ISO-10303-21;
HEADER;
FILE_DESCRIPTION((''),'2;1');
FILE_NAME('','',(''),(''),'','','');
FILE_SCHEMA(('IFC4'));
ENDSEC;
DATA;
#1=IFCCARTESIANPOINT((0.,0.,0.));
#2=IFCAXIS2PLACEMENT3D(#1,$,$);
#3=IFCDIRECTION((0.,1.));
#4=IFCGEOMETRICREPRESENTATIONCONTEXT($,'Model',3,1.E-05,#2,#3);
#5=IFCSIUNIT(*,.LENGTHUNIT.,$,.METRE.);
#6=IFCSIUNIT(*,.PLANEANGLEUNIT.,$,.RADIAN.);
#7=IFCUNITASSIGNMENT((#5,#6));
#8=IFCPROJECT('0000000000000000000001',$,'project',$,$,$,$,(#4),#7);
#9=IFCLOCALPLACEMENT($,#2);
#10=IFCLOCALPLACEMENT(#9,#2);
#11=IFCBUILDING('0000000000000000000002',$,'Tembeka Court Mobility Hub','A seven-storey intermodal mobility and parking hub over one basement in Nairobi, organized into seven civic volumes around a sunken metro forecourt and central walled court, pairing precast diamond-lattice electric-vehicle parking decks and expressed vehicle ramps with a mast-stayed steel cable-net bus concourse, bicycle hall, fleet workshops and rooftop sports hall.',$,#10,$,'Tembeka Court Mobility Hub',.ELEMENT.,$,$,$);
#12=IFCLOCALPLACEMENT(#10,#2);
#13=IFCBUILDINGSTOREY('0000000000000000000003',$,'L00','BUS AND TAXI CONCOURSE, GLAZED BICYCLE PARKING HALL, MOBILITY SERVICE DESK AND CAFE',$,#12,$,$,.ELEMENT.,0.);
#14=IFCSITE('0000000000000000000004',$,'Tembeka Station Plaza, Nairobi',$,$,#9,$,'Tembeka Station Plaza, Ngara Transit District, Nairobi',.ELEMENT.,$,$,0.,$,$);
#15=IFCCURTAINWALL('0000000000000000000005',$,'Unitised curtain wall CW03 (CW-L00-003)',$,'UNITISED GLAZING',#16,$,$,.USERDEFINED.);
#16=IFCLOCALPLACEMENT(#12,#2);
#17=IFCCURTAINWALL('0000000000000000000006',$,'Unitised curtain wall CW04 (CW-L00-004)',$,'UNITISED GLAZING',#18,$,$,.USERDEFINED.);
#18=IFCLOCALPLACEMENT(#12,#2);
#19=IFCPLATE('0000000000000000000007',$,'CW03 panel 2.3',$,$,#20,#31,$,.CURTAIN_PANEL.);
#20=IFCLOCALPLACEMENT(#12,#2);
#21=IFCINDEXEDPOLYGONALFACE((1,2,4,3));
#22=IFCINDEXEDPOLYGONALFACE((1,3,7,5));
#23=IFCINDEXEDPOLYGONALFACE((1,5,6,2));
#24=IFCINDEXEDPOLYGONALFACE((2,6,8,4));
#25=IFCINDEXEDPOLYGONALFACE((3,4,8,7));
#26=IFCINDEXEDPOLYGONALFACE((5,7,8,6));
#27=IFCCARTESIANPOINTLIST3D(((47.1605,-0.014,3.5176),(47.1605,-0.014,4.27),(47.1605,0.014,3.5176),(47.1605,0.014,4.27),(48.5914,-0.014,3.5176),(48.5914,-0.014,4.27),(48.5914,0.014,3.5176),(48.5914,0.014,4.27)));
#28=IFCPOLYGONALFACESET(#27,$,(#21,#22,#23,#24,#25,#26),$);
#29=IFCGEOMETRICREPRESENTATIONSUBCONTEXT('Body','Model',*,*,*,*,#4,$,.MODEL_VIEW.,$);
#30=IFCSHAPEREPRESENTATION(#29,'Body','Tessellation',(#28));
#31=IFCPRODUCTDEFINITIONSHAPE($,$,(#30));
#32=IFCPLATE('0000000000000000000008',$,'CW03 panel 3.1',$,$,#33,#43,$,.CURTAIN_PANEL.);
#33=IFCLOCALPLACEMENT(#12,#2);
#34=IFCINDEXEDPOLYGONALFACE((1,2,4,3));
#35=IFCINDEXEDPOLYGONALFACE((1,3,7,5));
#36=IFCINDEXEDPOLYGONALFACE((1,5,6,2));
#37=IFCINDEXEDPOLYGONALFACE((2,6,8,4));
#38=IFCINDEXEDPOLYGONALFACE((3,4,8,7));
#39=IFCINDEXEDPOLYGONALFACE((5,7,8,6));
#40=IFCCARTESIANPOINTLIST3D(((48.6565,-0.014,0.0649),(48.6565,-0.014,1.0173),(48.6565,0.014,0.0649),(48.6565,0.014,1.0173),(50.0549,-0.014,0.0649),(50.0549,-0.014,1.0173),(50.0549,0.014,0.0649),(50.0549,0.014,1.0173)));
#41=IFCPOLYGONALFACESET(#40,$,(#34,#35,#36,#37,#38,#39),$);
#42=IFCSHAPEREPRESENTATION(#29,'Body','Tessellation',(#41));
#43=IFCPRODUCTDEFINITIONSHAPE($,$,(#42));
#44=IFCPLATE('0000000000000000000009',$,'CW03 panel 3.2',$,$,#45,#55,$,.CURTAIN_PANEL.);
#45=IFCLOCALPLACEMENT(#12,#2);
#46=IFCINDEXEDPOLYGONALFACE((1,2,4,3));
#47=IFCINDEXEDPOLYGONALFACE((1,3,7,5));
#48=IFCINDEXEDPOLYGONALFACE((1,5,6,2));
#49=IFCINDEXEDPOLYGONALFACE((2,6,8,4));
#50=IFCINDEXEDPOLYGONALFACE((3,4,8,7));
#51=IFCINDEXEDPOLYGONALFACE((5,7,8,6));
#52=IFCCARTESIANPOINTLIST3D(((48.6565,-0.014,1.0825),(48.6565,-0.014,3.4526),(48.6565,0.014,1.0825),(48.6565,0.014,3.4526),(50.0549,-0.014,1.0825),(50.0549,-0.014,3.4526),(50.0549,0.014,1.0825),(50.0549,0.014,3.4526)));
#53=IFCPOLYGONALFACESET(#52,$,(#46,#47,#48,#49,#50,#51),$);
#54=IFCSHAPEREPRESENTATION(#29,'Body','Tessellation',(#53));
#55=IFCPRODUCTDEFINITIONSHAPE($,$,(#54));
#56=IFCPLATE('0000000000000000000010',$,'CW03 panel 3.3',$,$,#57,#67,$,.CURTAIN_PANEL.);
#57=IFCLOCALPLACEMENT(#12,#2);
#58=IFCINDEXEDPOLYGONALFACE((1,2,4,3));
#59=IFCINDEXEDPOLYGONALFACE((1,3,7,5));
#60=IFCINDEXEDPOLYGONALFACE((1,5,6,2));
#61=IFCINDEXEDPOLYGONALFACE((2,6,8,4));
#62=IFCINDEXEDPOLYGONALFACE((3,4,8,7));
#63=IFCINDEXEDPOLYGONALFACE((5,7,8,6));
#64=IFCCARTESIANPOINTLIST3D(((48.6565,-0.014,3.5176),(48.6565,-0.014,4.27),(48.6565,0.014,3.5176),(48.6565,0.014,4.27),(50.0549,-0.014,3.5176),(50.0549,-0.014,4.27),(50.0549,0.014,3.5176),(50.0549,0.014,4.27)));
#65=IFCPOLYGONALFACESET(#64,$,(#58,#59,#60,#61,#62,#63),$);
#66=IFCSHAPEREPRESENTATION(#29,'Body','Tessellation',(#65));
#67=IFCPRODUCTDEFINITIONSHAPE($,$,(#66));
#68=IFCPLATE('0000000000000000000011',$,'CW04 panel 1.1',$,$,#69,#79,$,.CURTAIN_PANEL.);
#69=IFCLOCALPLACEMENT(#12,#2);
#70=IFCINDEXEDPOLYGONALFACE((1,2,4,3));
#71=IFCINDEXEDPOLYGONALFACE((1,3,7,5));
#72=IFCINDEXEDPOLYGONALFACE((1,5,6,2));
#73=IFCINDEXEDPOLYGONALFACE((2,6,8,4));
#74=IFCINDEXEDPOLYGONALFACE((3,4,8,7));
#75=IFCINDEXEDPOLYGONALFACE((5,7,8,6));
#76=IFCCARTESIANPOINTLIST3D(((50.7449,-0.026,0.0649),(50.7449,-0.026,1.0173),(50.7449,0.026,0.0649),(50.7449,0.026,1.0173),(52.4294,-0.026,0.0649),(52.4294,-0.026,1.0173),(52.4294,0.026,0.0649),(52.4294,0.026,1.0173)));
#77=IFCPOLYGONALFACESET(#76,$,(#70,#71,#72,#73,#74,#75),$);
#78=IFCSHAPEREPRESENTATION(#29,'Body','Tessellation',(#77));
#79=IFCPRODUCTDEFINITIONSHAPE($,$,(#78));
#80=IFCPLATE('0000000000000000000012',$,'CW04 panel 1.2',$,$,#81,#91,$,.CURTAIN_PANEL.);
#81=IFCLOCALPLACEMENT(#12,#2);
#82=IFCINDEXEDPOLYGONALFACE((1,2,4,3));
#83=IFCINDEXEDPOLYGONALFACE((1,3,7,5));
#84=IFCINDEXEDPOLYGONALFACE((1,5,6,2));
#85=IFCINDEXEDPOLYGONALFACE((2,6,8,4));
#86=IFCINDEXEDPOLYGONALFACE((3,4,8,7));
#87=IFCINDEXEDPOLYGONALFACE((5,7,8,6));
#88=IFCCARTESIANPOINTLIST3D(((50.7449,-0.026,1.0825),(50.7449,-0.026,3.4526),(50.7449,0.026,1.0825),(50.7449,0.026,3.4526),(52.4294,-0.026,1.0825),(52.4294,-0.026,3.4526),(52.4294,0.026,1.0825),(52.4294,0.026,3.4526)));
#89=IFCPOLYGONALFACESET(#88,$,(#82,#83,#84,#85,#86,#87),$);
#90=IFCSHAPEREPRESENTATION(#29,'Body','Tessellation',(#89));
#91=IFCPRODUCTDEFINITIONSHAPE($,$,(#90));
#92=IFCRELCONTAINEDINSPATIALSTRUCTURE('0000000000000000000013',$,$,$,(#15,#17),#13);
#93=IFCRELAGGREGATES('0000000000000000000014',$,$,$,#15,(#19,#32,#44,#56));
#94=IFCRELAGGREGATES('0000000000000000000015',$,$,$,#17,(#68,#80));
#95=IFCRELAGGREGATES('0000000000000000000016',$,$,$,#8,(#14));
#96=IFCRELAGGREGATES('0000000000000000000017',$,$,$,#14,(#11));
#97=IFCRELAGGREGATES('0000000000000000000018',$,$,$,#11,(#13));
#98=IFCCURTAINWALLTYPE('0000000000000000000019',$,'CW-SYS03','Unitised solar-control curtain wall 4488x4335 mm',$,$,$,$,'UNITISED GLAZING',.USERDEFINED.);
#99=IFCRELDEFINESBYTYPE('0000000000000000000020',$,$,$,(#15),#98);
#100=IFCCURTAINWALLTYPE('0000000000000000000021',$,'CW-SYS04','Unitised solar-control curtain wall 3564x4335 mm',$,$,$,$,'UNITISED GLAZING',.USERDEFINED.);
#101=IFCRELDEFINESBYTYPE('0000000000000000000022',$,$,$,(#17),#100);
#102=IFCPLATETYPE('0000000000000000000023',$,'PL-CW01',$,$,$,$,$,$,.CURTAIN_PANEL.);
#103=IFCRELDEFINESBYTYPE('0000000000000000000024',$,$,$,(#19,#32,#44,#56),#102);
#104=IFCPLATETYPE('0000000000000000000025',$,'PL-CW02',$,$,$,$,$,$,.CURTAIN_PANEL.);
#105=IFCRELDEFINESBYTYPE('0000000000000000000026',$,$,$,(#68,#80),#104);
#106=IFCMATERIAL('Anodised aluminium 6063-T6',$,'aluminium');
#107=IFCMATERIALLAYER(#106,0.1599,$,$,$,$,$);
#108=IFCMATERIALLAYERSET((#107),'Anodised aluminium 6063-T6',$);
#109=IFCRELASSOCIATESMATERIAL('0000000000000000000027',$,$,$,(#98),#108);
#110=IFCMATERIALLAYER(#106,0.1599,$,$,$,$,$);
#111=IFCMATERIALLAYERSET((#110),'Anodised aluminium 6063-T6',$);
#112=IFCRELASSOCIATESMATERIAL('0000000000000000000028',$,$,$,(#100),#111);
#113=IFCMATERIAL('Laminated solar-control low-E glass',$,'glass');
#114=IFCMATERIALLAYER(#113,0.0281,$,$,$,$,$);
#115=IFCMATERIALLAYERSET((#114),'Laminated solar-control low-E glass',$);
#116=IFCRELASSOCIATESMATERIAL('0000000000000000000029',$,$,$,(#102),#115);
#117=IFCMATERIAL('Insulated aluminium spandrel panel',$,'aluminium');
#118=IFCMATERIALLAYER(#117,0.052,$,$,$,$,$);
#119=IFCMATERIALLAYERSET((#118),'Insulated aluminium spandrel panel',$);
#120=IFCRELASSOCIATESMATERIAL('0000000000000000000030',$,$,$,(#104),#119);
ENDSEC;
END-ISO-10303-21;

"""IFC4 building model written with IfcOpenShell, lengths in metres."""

from ifc_helpers import new_model, si_unit, direction, frame, origin, origin_2d, place, context, subcontext, project, spatial, rectangle, extrude, material, layer, layer_set, type_object, element, aggregate, save


model = new_model("IFC4")

# Units and contexts
model_context = context("Model", 3, precision=1e-05, world=origin(), true_north=direction((0.0, 1.0)))
body_context = subcontext(model_context, "Body", "Model", "MODEL_VIEW")
ifc_project = project(units=[si_unit("LENGTHUNIT", "METRE"), si_unit("PLANEANGLEUNIT", "RADIAN")], contexts=[model_context])

# Site, building, storey
site_placement = place(None, origin())
site = spatial("IfcSite", under=ifc_project, at=site_placement, Name="Tembeka Station Plaza, Nairobi", LongName="Tembeka Station Plaza, Ngara Transit District, Nairobi", CompositionType="ELEMENT", RefElevation=0.0)
building_placement = place(site_placement, origin())
building = spatial("IfcBuilding", under=site, at=building_placement, Name="Tembeka Court Mobility Hub", Description="A seven-storey intermodal mobility and parking hub over one basement in Nairobi, organized into seven civic volumes around a sunken metro forecourt and central walled court, pairing precast diamond-lattice electric-vehicle parking decks and expressed vehicle ramps with a mast-stayed steel cable-net bus concourse, bicycle hall, fleet workshops and rooftop sports hall.", LongName="Tembeka Court Mobility Hub", CompositionType="ELEMENT")
storey_placement = place(building_placement, origin())
storey = spatial("IfcBuildingStorey", under=building, at=storey_placement, Name="L00", Description="BUS AND TAXI CONCOURSE, GLAZED BICYCLE PARKING HALL, MOBILITY SERVICE DESK AND CAFE", CompositionType="ELEMENT", Elevation=0.0)

# Curtain wall
ifc_material_1 = material(Name="Anodised aluminium 6063-T6", Category="aluminium")
ifc_layer_1 = layer(ifc_material_1, 0.1599)
ifc_layer_set_1 = layer_set([ifc_layer_1], Name="Anodised aluminium 6063-T6")
curtain_wall_type_1 = type_object("IfcCurtainWallType", Name="CW-SYS03", Description="Unitised solar-control curtain wall 4488x4335 mm", ElementType="UNITISED GLAZING", PredefinedType="USERDEFINED", material=ifc_layer_set_1)
curtain_wall_1_placement = place(storey_placement, origin())
curtain_wall_1 = element("IfcCurtainWall", 1, at=curtain_wall_1_placement, inside=storey, type_object=curtain_wall_type_1, Name="Unitised curtain wall CW03 (CW-L00-003)", ObjectType="UNITISED GLAZING", PredefinedType="USERDEFINED")

# Curtain wall
ifc_layer_2 = layer(ifc_material_1, 0.1599)
ifc_layer_set_2 = layer_set([ifc_layer_2], Name="Anodised aluminium 6063-T6")
curtain_wall_type_2 = type_object("IfcCurtainWallType", Name="CW-SYS04", Description="Unitised solar-control curtain wall 3564x4335 mm", ElementType="UNITISED GLAZING", PredefinedType="USERDEFINED", material=ifc_layer_set_2)
curtain_wall_2_placement = place(storey_placement, origin())
curtain_wall_2 = element("IfcCurtainWall", 2, at=curtain_wall_2_placement, inside=storey, type_object=curtain_wall_type_2, Name="Unitised curtain wall CW04 (CW-L00-004)", ObjectType="UNITISED GLAZING", PredefinedType="USERDEFINED")

# Plates
ifc_material_2 = material(Name="Laminated solar-control low-E glass", Category="glass")
ifc_layer_3 = layer(ifc_material_2, 0.0281)
ifc_layer_set_3 = layer_set([ifc_layer_3], Name="Laminated solar-control low-E glass")
plate_type_1 = type_object("IfcPlateType", Name="PL-CW01", PredefinedType="CURTAIN_PANEL", material=ifc_layer_set_3)
plate_1_placement = place(storey_placement, frame((47.876, 0.0, 3.5176), z_axis=(0.0, 0.0, 1.0), x_axis=(1.0, 0.0, 0.0)))
plate_1 = element("IfcPlate", 3, at=plate_1_placement, type_object=plate_type_1, Name="CW03 panel 2.3", PredefinedType="CURTAIN_PANEL", context=body_context, shape_type="SweptSolid", body=[
    extrude(rectangle(XDim=1.4309, YDim=0.0281, at=origin_2d()), origin(), (0.0, 0.0, 1.0), 0.7524),
])
plate_2_placement = place(storey_placement, frame((49.3557, 0.0, 0.0649), z_axis=(0.0, 0.0, 1.0), x_axis=(1.0, 0.0, 0.0)))
plate_2 = element("IfcPlate", 4, at=plate_2_placement, type_object=plate_type_1, Name="CW03 panel 3.1", PredefinedType="CURTAIN_PANEL", context=body_context, shape_type="SweptSolid", body=[
    extrude(rectangle(XDim=1.3984, YDim=0.0281, at=origin_2d()), origin(), (0.0, 0.0, 1.0), 0.9524),
])
plate_3_placement = place(storey_placement, frame((49.3557, 0.0, 1.0825), z_axis=(0.0, 0.0, 1.0), x_axis=(1.0, 0.0, 0.0)))
plate_3 = element("IfcPlate", 5, at=plate_3_placement, type_object=plate_type_1, Name="CW03 panel 3.2", PredefinedType="CURTAIN_PANEL", context=body_context, shape_type="SweptSolid", body=[
    extrude(rectangle(XDim=1.3984, YDim=0.0281, at=origin_2d()), origin(), (0.0, 0.0, 1.0), 2.3701),
])
plate_4_placement = place(storey_placement, frame((49.3557, 0.0, 3.5176), z_axis=(0.0, 0.0, 1.0), x_axis=(1.0, 0.0, 0.0)))
plate_4 = element("IfcPlate", 6, at=plate_4_placement, type_object=plate_type_1, Name="CW03 panel 3.3", PredefinedType="CURTAIN_PANEL", context=body_context, shape_type="SweptSolid", body=[
    extrude(rectangle(XDim=1.3984, YDim=0.0281, at=origin_2d()), origin(), (0.0, 0.0, 1.0), 0.7524),
])
aggregate(curtain_wall_1, [plate_1, plate_2, plate_3, plate_4])
ifc_material_3 = material(Name="Insulated aluminium spandrel panel", Category="aluminium")
ifc_layer_4 = layer(ifc_material_3, 0.052)
ifc_layer_set_4 = layer_set([ifc_layer_4], Name="Insulated aluminium spandrel panel")
plate_type_2 = type_object("IfcPlateType", Name="PL-CW02", PredefinedType="CURTAIN_PANEL", material=ifc_layer_set_4)
plate_5_placement = place(storey_placement, frame((51.5872, 0.0, 0.0649), z_axis=(0.0, 0.0, 1.0), x_axis=(1.0, 0.0, 0.0)))
plate_5 = element("IfcPlate", 7, at=plate_5_placement, type_object=plate_type_2, Name="CW04 panel 1.1", PredefinedType="CURTAIN_PANEL", context=body_context, shape_type="SweptSolid", body=[
    extrude(rectangle(XDim=1.6846, YDim=0.052, at=origin_2d()), origin(), (0.0, 0.0, 1.0), 0.9524),
])
plate_6_placement = place(storey_placement, frame((51.5872, 0.0, 1.0825), z_axis=(0.0, 0.0, 1.0), x_axis=(1.0, 0.0, 0.0)))
plate_6 = element("IfcPlate", 8, at=plate_6_placement, type_object=plate_type_2, Name="CW04 panel 1.2", PredefinedType="CURTAIN_PANEL", context=body_context, shape_type="SweptSolid", body=[
    extrude(rectangle(XDim=1.6846, YDim=0.052, at=origin_2d()), origin(), (0.0, 0.0, 1.0), 2.3701),
])
aggregate(curtain_wall_2, [plate_5, plate_6])

save(model, "model.ifc")
